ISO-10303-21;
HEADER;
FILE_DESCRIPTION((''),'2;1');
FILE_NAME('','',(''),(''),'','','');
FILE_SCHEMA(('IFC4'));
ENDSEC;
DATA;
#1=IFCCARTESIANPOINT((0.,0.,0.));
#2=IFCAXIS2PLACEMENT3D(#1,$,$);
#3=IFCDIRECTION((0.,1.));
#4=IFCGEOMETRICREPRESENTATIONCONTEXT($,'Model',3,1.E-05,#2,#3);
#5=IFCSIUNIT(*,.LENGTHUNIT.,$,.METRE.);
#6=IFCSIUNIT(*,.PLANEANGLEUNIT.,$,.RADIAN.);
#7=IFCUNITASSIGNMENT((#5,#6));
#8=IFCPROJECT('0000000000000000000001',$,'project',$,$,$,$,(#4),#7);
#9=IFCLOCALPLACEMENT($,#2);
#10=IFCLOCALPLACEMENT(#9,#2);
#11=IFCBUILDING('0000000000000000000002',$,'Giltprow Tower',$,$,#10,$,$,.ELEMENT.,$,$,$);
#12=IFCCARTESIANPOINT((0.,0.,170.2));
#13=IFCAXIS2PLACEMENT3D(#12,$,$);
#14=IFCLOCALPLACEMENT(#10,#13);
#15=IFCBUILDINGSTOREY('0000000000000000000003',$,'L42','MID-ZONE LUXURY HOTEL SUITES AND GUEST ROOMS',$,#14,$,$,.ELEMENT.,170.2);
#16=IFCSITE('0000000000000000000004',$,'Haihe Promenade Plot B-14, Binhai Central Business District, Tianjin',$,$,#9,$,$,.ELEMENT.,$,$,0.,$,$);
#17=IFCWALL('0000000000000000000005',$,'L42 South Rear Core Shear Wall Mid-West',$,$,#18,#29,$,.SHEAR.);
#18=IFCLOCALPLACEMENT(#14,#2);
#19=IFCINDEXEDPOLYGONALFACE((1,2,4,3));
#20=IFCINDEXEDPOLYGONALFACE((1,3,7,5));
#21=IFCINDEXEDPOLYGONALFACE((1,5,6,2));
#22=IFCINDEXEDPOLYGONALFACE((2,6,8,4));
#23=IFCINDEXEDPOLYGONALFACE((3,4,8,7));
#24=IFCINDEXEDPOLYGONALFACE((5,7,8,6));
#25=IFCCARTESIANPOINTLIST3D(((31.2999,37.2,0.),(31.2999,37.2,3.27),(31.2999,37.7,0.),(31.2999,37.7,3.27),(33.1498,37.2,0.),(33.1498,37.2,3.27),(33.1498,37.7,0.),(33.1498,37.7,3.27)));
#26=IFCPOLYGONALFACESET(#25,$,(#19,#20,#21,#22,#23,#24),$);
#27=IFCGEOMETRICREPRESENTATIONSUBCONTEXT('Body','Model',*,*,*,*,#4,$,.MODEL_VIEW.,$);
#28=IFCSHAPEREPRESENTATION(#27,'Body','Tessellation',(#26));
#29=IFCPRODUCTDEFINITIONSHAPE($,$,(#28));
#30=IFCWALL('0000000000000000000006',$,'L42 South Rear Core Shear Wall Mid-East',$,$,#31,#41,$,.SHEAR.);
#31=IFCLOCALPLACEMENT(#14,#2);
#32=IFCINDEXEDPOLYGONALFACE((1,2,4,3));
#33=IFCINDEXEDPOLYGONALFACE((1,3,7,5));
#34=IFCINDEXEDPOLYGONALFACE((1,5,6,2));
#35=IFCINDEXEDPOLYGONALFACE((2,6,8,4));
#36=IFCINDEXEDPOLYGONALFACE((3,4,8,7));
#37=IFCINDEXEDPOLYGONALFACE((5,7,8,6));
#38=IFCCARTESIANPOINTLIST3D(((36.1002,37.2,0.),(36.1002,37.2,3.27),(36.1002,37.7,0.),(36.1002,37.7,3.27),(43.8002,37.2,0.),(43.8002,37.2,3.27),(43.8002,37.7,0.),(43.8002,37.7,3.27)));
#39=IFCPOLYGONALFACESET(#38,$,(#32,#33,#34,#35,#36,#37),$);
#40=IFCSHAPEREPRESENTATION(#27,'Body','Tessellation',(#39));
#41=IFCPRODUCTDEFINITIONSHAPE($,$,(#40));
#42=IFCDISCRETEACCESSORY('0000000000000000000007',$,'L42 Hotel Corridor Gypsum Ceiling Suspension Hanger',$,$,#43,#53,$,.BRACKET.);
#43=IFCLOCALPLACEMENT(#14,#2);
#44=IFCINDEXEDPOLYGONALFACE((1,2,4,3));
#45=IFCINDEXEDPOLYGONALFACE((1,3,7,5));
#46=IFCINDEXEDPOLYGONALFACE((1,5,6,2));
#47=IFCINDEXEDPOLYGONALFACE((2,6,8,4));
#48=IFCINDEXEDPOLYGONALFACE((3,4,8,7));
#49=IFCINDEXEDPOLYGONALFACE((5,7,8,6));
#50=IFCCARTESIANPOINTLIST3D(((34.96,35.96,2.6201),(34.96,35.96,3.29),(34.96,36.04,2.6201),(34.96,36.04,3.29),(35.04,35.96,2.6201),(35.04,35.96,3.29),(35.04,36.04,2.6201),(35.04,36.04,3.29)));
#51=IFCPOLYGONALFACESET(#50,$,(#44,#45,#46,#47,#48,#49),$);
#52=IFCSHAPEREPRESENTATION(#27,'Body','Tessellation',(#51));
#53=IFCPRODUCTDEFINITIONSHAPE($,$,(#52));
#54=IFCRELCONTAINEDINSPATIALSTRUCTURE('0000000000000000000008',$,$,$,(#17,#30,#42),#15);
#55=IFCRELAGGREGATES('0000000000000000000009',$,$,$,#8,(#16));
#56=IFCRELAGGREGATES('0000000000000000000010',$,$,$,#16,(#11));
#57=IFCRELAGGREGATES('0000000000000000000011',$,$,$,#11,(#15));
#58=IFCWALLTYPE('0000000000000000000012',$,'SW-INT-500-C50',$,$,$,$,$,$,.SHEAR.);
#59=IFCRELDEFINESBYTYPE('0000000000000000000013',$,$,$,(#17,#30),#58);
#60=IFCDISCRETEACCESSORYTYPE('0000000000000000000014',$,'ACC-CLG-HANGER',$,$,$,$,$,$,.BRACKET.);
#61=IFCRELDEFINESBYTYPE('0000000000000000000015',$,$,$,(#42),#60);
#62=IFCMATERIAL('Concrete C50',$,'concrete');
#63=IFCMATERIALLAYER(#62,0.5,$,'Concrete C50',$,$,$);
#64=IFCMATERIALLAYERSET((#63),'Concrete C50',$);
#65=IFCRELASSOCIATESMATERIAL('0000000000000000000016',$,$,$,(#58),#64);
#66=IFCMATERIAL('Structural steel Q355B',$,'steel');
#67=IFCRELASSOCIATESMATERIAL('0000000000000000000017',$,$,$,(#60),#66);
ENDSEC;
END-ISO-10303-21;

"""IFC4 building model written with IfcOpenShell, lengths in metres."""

from ifc_helpers import new_model, si_unit, direction, frame, frame_2d, origin, origin_2d, place, context, subcontext, project, spatial, rectangle, extrude, source, transform, mapped, material, layer, layer_set, type_object, element, save


model = new_model("IFC4")

# Units and contexts
model_context = context("Model", 3, precision=1e-05, world=origin(), true_north=direction((0.0, 1.0)))
body_context = subcontext(model_context, "Body", "Model", "MODEL_VIEW")
ifc_project = project(units=[si_unit("LENGTHUNIT", "METRE"), si_unit("PLANEANGLEUNIT", "RADIAN")], contexts=[model_context])

# Site, building, storey
site_placement = place(None, origin())
site = spatial("IfcSite", under=ifc_project, at=site_placement, Name="Haihe Promenade Plot B-14, Binhai Central Business District, Tianjin", CompositionType="ELEMENT", RefElevation=0.0)
building_placement = place(site_placement, origin())
building = spatial("IfcBuilding", under=site, at=building_placement, Name="Giltprow Tower", CompositionType="ELEMENT")
storey_placement = place(building_placement, frame((0.0, 0.0, 170.2)))
storey = spatial("IfcBuildingStorey", under=building, at=storey_placement, Name="L42", Description="MID-ZONE LUXURY HOTEL SUITES AND GUEST ROOMS", CompositionType="ELEMENT", Elevation=170.2)

# Shared definitions
ifc_material_1 = material(Name="Concrete C50", Category="concrete")

# Shared definitions
ifc_material_2 = material(Name="Structural steel Q355B", Category="steel")

# Walls
ifc_layer_1 = layer(ifc_material_1, 0.5, Name="Concrete C50")
ifc_layer_set_1 = layer_set([ifc_layer_1], Name="Concrete C50")
wall_type_1 = type_object("IfcWallType", Name="SW-INT-500-C50", PredefinedType="SHEAR", material=ifc_layer_set_1)
wall_1_placement = place(storey_placement, frame((31.3, 37.45, 0.0), z_axis=(0.0, 0.0, 1.0), x_axis=(1.0, 0.0, 0.0)))
element("IfcWall", 1, at=wall_1_placement, inside=storey, type_object=wall_type_1, Name="L42 South Rear Core Shear Wall Mid-West", PredefinedType="SHEAR", context=body_context, shape_type="SweptSolid", body=[
    extrude(rectangle(XDim=1.8499, YDim=0.5, at=frame_2d((0.9248, 0.0))), origin(), (0.0, 0.0, 1.0), 3.27),
])
wall_2_placement = place(storey_placement, frame((36.1001, 37.45, 0.0), z_axis=(0.0, 0.0, 1.0), x_axis=(1.0, 0.0, 0.0)))
element("IfcWall", 2, at=wall_2_placement, inside=storey, type_object=wall_type_1, Name="L42 South Rear Core Shear Wall Mid-East", PredefinedType="SHEAR", context=body_context, shape_type="SweptSolid", body=[
    extrude(rectangle(XDim=7.7, YDim=0.5, at=frame_2d((3.8501, 0.0))), origin(), (0.0, 0.0, 1.0), 3.27),
])

# Discrete accessory
discrete_accessory_type = type_object("IfcDiscreteAccessoryType", Name="ACC-CLG-HANGER", PredefinedType="BRACKET", material=ifc_material_2)
shared_shape_1 = source(origin(), body_context, "Body", "SweptSolid", [
    extrude(rectangle(XDim=0.0801, YDim=0.0801, at=origin_2d()), origin(), (0.0, 0.0, 1.0), 0.6699),
])
discrete_accessory_placement = place(storey_placement, frame((35.0, 36.0, 2.6201), z_axis=(0.0, 0.0, 1.0), x_axis=(1.0, 0.0, 0.0)))
element("IfcDiscreteAccessory", 3, at=discrete_accessory_placement, inside=storey, type_object=discrete_accessory_type, Name="L42 Hotel Corridor Gypsum Ceiling Suspension Hanger", PredefinedType="BRACKET", context=body_context, shape_type="MappedRepresentation", body=[
    mapped(shared_shape_1, transform((0.0, 0.0, 0.0), x_axis=(1.0, 0.0, 0.0), y_axis=(0.0, 1.0, 0.0), z_axis=(0.0, 0.0, 1.0), scale=1.0)),
])

save(model, "model.ifc")
